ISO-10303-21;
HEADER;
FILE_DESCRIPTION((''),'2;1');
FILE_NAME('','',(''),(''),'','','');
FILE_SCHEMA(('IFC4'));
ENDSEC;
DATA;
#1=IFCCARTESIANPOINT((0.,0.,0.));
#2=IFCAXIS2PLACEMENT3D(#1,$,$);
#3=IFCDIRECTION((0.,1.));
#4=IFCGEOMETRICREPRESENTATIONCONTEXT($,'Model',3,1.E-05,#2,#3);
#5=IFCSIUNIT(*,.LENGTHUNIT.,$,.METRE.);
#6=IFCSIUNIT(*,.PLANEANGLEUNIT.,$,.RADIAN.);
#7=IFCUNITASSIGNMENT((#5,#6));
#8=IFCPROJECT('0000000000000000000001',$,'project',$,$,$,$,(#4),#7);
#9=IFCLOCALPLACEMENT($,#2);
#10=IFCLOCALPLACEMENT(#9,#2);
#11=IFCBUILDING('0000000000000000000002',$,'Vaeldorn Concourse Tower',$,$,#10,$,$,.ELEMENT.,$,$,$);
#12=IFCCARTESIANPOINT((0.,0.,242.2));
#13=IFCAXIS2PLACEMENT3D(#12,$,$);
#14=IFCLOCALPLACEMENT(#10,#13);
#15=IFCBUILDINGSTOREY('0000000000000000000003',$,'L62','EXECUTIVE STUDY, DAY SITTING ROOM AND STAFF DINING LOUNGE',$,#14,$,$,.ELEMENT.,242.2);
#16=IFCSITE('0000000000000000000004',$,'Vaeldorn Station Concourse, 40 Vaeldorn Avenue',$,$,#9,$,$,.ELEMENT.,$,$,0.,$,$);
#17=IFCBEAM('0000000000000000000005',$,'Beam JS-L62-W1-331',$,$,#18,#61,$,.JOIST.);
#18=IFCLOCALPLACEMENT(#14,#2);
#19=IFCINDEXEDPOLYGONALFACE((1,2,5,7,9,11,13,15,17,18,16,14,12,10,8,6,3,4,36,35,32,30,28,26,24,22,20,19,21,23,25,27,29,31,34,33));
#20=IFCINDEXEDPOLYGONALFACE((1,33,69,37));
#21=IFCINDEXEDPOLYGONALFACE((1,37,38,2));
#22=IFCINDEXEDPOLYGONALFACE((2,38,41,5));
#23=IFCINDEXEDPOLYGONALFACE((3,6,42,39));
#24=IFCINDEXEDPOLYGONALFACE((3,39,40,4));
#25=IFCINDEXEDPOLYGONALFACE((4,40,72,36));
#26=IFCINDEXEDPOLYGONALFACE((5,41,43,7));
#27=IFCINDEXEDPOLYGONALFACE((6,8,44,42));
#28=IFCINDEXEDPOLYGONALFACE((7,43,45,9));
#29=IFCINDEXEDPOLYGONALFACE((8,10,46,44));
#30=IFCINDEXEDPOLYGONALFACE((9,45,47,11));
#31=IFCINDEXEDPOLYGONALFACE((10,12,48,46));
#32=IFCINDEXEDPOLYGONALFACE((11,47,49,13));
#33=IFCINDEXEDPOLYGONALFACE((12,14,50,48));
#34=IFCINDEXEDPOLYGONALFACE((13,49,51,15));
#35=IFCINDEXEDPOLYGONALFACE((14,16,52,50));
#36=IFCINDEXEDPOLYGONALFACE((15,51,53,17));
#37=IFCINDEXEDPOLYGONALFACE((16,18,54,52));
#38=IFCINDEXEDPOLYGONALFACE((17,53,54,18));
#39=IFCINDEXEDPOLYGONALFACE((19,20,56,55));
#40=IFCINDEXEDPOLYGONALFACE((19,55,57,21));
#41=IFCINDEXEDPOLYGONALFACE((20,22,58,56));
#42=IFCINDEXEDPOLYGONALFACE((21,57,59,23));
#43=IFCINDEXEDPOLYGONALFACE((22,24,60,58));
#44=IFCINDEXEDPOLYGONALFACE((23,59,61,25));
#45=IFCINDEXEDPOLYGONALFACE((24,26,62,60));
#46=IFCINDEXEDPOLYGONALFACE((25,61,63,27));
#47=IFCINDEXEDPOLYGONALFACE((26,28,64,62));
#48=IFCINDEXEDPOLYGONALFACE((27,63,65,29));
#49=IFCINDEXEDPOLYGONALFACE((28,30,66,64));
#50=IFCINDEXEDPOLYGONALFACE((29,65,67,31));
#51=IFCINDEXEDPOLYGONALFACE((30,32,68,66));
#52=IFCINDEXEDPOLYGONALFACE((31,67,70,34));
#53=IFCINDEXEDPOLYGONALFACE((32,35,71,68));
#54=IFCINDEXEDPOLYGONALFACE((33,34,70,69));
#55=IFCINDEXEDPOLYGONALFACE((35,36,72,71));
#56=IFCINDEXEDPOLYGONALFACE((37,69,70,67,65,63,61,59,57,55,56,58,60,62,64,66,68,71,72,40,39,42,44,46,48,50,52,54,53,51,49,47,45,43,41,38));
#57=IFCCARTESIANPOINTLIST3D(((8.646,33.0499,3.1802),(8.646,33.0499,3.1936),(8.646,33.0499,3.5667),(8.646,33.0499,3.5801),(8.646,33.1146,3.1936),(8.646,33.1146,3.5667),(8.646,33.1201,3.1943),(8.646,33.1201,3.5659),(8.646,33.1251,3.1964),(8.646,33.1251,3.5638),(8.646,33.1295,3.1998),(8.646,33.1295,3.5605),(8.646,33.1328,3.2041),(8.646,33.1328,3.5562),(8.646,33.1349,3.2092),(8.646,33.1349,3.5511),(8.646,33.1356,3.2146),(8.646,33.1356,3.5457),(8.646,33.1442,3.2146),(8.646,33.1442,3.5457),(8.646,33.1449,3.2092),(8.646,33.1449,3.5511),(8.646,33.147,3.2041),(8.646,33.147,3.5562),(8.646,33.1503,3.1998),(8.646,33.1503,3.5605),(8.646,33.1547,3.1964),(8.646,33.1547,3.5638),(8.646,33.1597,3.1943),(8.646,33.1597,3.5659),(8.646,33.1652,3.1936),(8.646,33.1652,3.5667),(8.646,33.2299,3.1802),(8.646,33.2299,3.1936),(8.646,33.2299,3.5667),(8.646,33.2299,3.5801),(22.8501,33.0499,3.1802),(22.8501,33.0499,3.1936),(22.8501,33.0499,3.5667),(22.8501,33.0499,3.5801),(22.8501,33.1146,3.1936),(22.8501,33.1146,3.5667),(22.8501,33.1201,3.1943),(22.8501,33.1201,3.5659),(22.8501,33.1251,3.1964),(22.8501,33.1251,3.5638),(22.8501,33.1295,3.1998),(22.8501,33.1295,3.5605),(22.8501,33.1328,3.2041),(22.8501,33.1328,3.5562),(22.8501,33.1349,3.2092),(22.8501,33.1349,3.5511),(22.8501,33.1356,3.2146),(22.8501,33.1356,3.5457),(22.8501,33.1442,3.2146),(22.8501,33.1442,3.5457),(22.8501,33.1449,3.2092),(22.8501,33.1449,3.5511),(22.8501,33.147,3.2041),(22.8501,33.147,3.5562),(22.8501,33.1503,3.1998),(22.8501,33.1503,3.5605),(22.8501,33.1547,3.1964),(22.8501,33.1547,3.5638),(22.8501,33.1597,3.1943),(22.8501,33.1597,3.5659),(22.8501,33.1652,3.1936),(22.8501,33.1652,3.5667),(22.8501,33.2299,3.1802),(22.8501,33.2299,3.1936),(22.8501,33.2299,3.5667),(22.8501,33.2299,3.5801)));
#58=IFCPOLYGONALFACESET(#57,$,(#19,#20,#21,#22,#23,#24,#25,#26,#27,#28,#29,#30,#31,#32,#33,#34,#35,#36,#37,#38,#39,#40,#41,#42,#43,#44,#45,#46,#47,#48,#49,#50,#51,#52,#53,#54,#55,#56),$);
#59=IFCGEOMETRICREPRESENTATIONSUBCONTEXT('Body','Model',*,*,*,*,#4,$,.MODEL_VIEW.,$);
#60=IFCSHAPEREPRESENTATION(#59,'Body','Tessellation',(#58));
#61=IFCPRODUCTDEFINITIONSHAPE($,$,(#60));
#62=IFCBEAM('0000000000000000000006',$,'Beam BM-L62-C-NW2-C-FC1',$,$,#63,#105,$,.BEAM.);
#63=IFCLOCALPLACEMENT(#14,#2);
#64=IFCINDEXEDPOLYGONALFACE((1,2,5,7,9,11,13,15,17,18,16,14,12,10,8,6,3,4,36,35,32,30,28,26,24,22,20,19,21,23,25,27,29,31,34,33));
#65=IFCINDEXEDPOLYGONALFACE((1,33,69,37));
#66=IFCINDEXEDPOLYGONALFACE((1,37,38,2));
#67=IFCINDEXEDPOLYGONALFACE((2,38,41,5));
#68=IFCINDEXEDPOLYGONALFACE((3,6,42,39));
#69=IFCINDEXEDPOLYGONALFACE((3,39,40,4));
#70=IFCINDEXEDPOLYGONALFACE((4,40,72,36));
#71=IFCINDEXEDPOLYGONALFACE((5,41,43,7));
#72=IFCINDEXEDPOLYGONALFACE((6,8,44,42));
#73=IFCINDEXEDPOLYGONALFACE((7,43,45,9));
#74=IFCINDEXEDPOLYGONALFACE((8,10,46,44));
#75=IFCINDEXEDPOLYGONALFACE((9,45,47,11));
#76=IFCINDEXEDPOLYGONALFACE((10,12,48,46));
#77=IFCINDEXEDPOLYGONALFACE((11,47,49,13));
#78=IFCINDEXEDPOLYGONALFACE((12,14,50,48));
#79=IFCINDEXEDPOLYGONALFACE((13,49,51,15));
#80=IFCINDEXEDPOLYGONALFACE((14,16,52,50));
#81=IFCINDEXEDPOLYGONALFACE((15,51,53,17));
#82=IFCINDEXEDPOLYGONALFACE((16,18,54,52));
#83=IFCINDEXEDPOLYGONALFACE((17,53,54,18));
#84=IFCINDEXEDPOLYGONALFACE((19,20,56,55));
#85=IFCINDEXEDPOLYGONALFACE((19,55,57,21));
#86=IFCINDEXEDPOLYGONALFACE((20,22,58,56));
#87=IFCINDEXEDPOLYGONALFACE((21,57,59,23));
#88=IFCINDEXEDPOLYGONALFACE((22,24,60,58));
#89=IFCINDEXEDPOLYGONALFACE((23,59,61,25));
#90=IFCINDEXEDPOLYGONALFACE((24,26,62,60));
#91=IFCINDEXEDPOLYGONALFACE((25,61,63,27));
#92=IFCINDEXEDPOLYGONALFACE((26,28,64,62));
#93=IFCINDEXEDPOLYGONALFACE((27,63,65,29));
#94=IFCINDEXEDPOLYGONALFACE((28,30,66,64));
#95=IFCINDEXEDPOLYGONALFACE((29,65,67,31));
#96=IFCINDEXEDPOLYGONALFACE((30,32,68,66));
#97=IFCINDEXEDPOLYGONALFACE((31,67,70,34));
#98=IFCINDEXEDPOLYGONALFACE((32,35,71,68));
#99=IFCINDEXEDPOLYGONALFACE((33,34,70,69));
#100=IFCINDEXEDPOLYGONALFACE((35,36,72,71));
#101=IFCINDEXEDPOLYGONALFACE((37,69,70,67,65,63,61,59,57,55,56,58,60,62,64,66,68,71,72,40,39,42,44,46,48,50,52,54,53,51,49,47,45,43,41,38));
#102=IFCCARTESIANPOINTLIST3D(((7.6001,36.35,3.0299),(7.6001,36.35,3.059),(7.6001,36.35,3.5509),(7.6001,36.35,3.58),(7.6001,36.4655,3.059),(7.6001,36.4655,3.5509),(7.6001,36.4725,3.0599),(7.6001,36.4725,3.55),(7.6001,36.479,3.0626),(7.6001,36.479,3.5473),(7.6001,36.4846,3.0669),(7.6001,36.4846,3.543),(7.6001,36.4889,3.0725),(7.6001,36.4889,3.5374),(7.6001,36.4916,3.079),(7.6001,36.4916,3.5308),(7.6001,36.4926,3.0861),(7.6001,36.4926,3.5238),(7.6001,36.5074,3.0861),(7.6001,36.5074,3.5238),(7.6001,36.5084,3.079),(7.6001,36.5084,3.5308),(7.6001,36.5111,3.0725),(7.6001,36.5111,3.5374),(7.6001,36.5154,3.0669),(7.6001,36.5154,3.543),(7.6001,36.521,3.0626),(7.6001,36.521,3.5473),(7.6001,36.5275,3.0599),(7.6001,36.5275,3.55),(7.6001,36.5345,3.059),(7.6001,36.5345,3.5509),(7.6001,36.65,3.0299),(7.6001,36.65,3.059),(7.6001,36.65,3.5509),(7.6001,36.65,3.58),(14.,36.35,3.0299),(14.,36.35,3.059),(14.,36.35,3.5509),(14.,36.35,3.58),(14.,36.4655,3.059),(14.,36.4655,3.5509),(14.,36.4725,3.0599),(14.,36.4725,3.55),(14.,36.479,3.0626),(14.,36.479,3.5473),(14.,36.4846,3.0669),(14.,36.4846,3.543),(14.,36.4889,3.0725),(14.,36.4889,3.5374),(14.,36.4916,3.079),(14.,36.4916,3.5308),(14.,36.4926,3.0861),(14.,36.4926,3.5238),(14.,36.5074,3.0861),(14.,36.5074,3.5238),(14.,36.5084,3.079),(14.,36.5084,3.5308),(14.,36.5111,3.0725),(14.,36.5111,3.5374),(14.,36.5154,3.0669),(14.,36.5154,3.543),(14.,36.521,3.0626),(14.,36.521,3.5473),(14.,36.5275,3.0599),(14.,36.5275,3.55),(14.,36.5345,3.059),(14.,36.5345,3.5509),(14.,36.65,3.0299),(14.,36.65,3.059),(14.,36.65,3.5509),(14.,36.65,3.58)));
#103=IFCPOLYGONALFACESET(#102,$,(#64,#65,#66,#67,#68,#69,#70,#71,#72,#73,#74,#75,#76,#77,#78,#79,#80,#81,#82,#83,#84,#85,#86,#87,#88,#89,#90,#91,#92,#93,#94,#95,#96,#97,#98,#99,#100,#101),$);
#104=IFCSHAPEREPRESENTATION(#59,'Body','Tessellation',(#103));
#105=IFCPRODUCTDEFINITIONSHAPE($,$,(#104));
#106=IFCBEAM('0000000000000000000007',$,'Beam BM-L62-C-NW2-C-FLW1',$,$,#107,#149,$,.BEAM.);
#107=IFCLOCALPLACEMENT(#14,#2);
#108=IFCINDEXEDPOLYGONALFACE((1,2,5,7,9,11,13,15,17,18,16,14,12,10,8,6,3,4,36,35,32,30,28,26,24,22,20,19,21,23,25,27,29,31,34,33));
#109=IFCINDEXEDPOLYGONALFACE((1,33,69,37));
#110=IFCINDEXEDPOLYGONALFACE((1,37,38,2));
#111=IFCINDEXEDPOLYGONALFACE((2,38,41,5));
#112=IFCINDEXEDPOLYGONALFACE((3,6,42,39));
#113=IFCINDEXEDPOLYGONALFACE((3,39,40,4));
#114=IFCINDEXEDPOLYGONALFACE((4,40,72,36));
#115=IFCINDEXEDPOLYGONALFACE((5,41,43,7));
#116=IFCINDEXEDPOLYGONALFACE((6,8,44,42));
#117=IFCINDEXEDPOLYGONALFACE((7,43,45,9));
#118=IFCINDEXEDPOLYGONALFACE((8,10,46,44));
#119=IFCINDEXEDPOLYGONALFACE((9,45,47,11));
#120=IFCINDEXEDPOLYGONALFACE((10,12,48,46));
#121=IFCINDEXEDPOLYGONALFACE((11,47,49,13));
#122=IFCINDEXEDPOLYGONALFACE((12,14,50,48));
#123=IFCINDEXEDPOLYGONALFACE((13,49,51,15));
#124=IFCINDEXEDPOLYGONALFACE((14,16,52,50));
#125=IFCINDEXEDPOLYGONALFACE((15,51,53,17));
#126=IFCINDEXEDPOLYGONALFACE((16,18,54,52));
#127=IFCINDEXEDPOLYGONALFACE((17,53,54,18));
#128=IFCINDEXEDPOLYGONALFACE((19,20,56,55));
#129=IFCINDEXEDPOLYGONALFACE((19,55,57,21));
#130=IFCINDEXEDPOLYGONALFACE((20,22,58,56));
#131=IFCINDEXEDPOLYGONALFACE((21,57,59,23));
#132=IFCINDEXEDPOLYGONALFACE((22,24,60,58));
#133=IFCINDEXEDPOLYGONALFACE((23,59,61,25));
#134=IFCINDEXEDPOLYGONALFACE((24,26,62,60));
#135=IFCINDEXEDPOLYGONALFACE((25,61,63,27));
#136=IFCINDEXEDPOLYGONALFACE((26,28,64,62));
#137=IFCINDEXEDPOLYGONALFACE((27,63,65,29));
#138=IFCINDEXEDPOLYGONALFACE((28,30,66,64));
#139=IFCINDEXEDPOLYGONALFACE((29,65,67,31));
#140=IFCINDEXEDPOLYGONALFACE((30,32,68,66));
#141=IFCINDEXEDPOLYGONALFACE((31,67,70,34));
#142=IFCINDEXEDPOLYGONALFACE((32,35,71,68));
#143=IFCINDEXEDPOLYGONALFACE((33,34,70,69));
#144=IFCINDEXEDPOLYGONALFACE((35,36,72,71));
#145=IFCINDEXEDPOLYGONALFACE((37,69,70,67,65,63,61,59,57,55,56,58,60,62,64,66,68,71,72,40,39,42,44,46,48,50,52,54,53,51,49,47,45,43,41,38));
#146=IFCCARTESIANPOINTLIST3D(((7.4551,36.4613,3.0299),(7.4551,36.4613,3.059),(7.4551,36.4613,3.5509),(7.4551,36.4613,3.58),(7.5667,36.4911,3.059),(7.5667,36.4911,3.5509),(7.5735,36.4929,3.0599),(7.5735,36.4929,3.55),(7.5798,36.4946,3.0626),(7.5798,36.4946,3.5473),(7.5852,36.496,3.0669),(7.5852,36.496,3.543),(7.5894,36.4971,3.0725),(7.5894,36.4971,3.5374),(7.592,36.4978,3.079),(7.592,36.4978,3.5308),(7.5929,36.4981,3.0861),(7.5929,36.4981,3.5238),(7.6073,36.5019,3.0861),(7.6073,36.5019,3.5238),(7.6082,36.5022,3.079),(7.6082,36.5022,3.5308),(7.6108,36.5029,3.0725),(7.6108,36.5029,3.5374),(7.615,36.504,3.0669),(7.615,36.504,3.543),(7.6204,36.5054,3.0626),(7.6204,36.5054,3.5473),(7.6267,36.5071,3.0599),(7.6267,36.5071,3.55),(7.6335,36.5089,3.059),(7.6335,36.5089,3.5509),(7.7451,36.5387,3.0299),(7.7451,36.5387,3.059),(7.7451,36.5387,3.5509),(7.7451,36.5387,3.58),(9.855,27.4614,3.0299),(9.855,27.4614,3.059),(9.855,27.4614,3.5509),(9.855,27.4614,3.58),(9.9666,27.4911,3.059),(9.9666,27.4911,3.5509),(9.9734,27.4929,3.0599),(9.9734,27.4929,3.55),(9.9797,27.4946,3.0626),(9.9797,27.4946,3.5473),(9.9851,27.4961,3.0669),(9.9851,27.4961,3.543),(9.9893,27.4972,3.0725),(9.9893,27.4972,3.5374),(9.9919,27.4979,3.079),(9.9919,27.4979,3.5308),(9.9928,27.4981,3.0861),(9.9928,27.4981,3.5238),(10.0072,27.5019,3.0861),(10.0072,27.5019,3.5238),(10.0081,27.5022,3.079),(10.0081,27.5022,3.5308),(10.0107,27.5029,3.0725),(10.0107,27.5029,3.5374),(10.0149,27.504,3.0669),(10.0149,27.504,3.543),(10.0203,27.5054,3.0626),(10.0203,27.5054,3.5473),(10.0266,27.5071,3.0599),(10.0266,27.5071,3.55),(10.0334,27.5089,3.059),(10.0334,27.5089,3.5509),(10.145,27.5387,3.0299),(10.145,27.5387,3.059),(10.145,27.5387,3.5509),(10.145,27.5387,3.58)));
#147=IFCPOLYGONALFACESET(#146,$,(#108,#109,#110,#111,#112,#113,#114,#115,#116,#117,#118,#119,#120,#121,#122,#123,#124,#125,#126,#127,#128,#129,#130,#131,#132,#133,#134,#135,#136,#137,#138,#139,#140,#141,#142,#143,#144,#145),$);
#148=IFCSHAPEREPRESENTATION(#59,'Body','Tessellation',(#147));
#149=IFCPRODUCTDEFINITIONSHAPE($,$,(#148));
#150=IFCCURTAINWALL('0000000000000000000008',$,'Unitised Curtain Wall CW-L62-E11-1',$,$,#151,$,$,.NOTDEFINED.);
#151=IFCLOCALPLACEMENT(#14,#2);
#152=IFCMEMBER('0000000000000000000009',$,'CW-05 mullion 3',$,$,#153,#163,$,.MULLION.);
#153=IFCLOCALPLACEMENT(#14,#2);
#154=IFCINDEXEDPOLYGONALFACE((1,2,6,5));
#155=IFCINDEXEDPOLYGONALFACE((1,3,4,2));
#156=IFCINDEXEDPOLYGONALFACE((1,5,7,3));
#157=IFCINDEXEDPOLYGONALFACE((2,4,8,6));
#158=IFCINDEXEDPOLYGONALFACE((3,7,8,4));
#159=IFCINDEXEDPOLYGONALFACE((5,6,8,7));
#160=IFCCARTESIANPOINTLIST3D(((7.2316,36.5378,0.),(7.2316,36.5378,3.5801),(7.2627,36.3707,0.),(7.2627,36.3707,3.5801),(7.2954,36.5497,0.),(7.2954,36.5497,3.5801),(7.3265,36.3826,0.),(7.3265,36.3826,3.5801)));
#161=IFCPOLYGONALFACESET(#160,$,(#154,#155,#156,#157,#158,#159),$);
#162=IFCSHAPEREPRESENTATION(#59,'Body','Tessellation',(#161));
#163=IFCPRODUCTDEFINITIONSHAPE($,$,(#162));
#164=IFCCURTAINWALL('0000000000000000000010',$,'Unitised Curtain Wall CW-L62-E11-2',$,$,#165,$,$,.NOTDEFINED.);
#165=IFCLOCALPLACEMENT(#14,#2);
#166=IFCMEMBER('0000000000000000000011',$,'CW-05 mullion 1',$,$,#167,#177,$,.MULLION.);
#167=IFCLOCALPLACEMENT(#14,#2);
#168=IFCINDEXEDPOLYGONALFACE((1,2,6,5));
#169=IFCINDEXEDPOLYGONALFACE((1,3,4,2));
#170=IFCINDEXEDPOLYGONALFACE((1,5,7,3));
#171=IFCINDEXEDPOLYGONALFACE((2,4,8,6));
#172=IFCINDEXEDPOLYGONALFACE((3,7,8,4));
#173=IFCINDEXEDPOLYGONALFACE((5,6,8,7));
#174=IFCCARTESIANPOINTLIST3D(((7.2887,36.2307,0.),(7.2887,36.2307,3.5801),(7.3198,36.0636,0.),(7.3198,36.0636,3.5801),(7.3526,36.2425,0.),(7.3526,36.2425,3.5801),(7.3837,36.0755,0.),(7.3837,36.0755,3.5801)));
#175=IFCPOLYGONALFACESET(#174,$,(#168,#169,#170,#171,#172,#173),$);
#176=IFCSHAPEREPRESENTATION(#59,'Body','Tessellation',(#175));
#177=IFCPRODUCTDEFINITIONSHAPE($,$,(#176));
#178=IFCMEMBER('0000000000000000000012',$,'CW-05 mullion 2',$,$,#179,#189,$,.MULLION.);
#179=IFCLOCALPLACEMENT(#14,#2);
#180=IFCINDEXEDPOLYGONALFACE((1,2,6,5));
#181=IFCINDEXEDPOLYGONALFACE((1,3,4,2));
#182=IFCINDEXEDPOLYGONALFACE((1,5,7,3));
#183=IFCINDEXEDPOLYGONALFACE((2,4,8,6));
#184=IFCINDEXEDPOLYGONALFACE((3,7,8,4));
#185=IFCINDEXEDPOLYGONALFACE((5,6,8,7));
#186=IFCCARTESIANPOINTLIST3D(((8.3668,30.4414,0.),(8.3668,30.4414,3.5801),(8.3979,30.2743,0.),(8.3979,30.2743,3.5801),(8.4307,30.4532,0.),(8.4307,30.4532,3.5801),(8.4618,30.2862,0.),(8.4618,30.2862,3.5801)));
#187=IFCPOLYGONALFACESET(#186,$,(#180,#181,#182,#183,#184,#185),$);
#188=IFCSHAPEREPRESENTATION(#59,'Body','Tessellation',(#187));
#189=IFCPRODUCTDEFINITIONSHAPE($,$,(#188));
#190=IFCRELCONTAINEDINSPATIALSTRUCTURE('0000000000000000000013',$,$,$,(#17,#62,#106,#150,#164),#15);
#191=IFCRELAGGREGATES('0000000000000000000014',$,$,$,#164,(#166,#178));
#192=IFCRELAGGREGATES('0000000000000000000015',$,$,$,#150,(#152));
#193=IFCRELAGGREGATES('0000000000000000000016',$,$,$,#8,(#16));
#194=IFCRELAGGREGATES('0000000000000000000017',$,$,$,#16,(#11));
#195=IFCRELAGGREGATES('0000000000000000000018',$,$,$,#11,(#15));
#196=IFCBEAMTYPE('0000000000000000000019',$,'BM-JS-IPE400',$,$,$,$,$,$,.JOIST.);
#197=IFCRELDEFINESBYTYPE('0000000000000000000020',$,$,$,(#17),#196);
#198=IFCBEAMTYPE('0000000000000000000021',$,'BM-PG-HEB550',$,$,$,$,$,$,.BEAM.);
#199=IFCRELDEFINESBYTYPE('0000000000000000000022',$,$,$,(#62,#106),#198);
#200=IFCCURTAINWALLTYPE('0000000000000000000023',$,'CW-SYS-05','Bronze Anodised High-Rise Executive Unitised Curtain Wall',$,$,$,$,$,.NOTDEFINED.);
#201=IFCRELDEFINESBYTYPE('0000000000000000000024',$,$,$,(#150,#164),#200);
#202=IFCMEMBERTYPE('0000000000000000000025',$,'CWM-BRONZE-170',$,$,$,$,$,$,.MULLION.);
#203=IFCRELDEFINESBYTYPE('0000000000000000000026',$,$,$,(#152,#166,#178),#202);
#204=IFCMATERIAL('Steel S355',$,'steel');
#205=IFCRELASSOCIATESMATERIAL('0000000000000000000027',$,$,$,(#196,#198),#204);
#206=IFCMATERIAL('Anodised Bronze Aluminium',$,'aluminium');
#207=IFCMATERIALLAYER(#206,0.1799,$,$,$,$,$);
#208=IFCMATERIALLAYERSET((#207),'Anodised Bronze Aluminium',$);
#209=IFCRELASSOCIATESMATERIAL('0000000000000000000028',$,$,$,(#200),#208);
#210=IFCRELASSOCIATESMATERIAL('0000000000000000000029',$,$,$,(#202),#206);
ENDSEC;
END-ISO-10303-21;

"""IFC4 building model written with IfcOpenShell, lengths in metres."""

from ifc_helpers import new_model, si_unit, direction, frame, origin, origin_2d, place, context, subcontext, project, spatial, rectangle, i_section, extrude, source, transform, mapped, material, layer, layer_set, material_profile, profile_set, type_object, element, aggregate, save


model = new_model("IFC4")

# Units and contexts
model_context = context("Model", 3, precision=1e-05, world=origin(), true_north=direction((0.0, 1.0)))
body_context = subcontext(model_context, "Body", "Model", "MODEL_VIEW")
ifc_project = project(units=[si_unit("LENGTHUNIT", "METRE"), si_unit("PLANEANGLEUNIT", "RADIAN")], contexts=[model_context])

# Site, building, storey
site_placement = place(None, origin())
site = spatial("IfcSite", under=ifc_project, at=site_placement, Name="Vaeldorn Station Concourse, 40 Vaeldorn Avenue", CompositionType="ELEMENT", RefElevation=0.0)
building_placement = place(site_placement, origin())
building = spatial("IfcBuilding", under=site, at=building_placement, Name="Vaeldorn Concourse Tower", CompositionType="ELEMENT")
storey_placement = place(building_placement, frame((0.0, 0.0, 242.2)))
storey = spatial("IfcBuildingStorey", under=building, at=storey_placement, Name="L62", Description="EXECUTIVE STUDY, DAY SITTING ROOM AND STAFF DINING LOUNGE", CompositionType="ELEMENT", Elevation=242.2)

# Shared definitions
ifc_material_1 = material(Name="Steel S355", Category="steel")

# Beams
ifc_material_profile_1 = material_profile(ifc_material_1, i_section(OverallWidth=0.1799, OverallDepth=0.3999, WebThickness=0.0085, FlangeThickness=0.0134, FilletRadius=0.021, at=origin_2d()), Name="IPE 400")
ifc_profile_set_1 = profile_set([ifc_material_profile_1], Name="Steel S355")
beam_type_1 = type_object("IfcBeamType", Name="BM-JS-IPE400", PredefinedType="JOIST", material=ifc_profile_set_1)
shared_shape_1 = source(origin(), body_context, "Body", "SweptSolid", [
    extrude(i_section(OverallWidth=0.1799, OverallDepth=0.3999, WebThickness=0.0085, FlangeThickness=0.0134, FilletRadius=0.021, at=origin_2d()), origin(), (0.0, 0.0, 1.0), 14.2041),
])
beam_1_placement = place(storey_placement, frame((8.646, 33.1399, 3.3801), z_axis=(1.0, 0.0, 0.0), x_axis=(0.0, 1.0, 0.0)))
element("IfcBeam", 1, at=beam_1_placement, inside=storey, type_object=beam_type_1, Name="Beam JS-L62-W1-331", PredefinedType="JOIST", context=body_context, shape_type="MappedRepresentation", body=[
    mapped(shared_shape_1, transform((0.0, 0.0, 0.0), scale=1.0)),
])
ifc_material_profile_2 = material_profile(ifc_material_1, i_section(OverallWidth=0.3, OverallDepth=0.55, WebThickness=0.0149, FlangeThickness=0.0291, FilletRadius=0.0271, at=origin_2d()), Name="HEB 550")
ifc_profile_set_2 = profile_set([ifc_material_profile_2], Name="Steel S355")
beam_type_2 = type_object("IfcBeamType", Name="BM-PG-HEB550", PredefinedType="BEAM", material=ifc_profile_set_2)
shared_shape_2 = source(origin(), body_context, "Body", "SweptSolid", [
    extrude(i_section(OverallWidth=0.3, OverallDepth=0.55, WebThickness=0.0149, FlangeThickness=0.0291, FilletRadius=0.0271, at=origin_2d()), origin(), (0.0, 0.0, 1.0), 6.3999),
])
beam_2_placement = place(storey_placement, frame((7.6001, 36.5, 3.3049), z_axis=(1.0, 0.0, 0.0), x_axis=(0.0, 1.0, 0.0)))
element("IfcBeam", 2, at=beam_2_placement, inside=storey, type_object=beam_type_2, Name="Beam BM-L62-C-NW2-C-FC1", PredefinedType="BEAM", context=body_context, shape_type="MappedRepresentation", body=[
    mapped(shared_shape_2, transform((0.0, 0.0, 0.0), scale=1.0)),
])
shared_shape_3 = source(origin(), body_context, "Body", "SweptSolid", [
    extrude(i_section(OverallWidth=0.3, OverallDepth=0.55, WebThickness=0.0149, FlangeThickness=0.0291, FilletRadius=0.0271, at=origin_2d()), origin(), (0.0, 0.0, 1.0), 9.3145),
])
beam_3_placement = place(storey_placement, frame((7.6001, 36.5, 3.3049), z_axis=(0.257653, -0.966238, 0.0), x_axis=(0.966238, 0.257653, 0.0)))
element("IfcBeam", 3, at=beam_3_placement, inside=storey, type_object=beam_type_2, Name="Beam BM-L62-C-NW2-C-FLW1", PredefinedType="BEAM", context=body_context, shape_type="MappedRepresentation", body=[
    mapped(shared_shape_3, transform((0.0, 0.0, 0.0), scale=1.0)),
])

# Curtain wall, member
ifc_material_2 = material(Name="Anodised Bronze Aluminium", Category="aluminium")
ifc_layer_1 = layer(ifc_material_2, 0.1799)
ifc_layer_set_1 = layer_set([ifc_layer_1], Name="Anodised Bronze Aluminium")
curtain_wall_type = type_object("IfcCurtainWallType", Name="CW-SYS-05", Description="Bronze Anodised High-Rise Executive Unitised Curtain Wall", PredefinedType="NOTDEFINED", material=ifc_layer_set_1)
curtain_wall_1_placement = place(storey_placement, origin())
curtain_wall_1 = element("IfcCurtainWall", 4, at=curtain_wall_1_placement, inside=storey, type_object=curtain_wall_type, Name="Unitised Curtain Wall CW-L62-E11-1", PredefinedType="NOTDEFINED")
ifc_material_profile_3 = material_profile(ifc_material_2, rectangle(XDim=0.0649, YDim=0.1699, at=origin_2d()), Name="CWM 65x170")
ifc_profile_set_3 = profile_set([ifc_material_profile_3], Name="Anodised Bronze Aluminium")
member_type_1 = type_object("IfcMemberType", Name="CWM-BRONZE-170", PredefinedType="MULLION", material=ifc_profile_set_3)
shared_shape_4 = source(origin(), body_context, "Body", "SweptSolid", [
    extrude(rectangle(XDim=0.0649, YDim=0.1699, at=origin_2d()), origin(), (0.0, 0.0, 1.0), 3.5801),
])
member_1_placement = place(storey_placement, frame((7.2791, 36.4602, 0.0), z_axis=(0.0, 0.0, 1.0), x_axis=(0.983103, 0.183054, 0.0)))
member_1 = element("IfcMember", 5, at=member_1_placement, type_object=member_type_1, Name="CW-05 mullion 3", PredefinedType="MULLION", context=body_context, shape_type="MappedRepresentation", body=[
    mapped(shared_shape_4, transform((0.0, 0.0, 0.0), scale=1.0)),
])

# Curtain wall, members
curtain_wall_2_placement = place(storey_placement, origin())
curtain_wall_2 = element("IfcCurtainWall", 6, at=curtain_wall_2_placement, inside=storey, type_object=curtain_wall_type, Name="Unitised Curtain Wall CW-L62-E11-2", PredefinedType="NOTDEFINED")
member_2_placement = place(storey_placement, frame((7.3362, 36.1531, 0.0), z_axis=(0.0, 0.0, 1.0), x_axis=(0.983103, 0.183055, 0.0)))
member_2 = element("IfcMember", 7, at=member_2_placement, type_object=member_type_1, Name="CW-05 mullion 1", PredefinedType="MULLION", context=body_context, shape_type="MappedRepresentation", body=[
    mapped(shared_shape_4, transform((0.0, 0.0, 0.0), scale=1.0)),
])
member_3_placement = place(storey_placement, frame((8.4143, 30.3638, 0.0), z_axis=(0.0, 0.0, 1.0), x_axis=(0.983103, 0.183055, 0.0)))
member_3 = element("IfcMember", 8, at=member_3_placement, type_object=member_type_1, Name="CW-05 mullion 2", PredefinedType="MULLION", context=body_context, shape_type="MappedRepresentation", body=[
    mapped(shared_shape_4, transform((0.0, 0.0, 0.0), scale=1.0)),
])

aggregate(curtain_wall_2, [member_2, member_3])
aggregate(curtain_wall_1, [member_1])

save(model, "model.ifc")
